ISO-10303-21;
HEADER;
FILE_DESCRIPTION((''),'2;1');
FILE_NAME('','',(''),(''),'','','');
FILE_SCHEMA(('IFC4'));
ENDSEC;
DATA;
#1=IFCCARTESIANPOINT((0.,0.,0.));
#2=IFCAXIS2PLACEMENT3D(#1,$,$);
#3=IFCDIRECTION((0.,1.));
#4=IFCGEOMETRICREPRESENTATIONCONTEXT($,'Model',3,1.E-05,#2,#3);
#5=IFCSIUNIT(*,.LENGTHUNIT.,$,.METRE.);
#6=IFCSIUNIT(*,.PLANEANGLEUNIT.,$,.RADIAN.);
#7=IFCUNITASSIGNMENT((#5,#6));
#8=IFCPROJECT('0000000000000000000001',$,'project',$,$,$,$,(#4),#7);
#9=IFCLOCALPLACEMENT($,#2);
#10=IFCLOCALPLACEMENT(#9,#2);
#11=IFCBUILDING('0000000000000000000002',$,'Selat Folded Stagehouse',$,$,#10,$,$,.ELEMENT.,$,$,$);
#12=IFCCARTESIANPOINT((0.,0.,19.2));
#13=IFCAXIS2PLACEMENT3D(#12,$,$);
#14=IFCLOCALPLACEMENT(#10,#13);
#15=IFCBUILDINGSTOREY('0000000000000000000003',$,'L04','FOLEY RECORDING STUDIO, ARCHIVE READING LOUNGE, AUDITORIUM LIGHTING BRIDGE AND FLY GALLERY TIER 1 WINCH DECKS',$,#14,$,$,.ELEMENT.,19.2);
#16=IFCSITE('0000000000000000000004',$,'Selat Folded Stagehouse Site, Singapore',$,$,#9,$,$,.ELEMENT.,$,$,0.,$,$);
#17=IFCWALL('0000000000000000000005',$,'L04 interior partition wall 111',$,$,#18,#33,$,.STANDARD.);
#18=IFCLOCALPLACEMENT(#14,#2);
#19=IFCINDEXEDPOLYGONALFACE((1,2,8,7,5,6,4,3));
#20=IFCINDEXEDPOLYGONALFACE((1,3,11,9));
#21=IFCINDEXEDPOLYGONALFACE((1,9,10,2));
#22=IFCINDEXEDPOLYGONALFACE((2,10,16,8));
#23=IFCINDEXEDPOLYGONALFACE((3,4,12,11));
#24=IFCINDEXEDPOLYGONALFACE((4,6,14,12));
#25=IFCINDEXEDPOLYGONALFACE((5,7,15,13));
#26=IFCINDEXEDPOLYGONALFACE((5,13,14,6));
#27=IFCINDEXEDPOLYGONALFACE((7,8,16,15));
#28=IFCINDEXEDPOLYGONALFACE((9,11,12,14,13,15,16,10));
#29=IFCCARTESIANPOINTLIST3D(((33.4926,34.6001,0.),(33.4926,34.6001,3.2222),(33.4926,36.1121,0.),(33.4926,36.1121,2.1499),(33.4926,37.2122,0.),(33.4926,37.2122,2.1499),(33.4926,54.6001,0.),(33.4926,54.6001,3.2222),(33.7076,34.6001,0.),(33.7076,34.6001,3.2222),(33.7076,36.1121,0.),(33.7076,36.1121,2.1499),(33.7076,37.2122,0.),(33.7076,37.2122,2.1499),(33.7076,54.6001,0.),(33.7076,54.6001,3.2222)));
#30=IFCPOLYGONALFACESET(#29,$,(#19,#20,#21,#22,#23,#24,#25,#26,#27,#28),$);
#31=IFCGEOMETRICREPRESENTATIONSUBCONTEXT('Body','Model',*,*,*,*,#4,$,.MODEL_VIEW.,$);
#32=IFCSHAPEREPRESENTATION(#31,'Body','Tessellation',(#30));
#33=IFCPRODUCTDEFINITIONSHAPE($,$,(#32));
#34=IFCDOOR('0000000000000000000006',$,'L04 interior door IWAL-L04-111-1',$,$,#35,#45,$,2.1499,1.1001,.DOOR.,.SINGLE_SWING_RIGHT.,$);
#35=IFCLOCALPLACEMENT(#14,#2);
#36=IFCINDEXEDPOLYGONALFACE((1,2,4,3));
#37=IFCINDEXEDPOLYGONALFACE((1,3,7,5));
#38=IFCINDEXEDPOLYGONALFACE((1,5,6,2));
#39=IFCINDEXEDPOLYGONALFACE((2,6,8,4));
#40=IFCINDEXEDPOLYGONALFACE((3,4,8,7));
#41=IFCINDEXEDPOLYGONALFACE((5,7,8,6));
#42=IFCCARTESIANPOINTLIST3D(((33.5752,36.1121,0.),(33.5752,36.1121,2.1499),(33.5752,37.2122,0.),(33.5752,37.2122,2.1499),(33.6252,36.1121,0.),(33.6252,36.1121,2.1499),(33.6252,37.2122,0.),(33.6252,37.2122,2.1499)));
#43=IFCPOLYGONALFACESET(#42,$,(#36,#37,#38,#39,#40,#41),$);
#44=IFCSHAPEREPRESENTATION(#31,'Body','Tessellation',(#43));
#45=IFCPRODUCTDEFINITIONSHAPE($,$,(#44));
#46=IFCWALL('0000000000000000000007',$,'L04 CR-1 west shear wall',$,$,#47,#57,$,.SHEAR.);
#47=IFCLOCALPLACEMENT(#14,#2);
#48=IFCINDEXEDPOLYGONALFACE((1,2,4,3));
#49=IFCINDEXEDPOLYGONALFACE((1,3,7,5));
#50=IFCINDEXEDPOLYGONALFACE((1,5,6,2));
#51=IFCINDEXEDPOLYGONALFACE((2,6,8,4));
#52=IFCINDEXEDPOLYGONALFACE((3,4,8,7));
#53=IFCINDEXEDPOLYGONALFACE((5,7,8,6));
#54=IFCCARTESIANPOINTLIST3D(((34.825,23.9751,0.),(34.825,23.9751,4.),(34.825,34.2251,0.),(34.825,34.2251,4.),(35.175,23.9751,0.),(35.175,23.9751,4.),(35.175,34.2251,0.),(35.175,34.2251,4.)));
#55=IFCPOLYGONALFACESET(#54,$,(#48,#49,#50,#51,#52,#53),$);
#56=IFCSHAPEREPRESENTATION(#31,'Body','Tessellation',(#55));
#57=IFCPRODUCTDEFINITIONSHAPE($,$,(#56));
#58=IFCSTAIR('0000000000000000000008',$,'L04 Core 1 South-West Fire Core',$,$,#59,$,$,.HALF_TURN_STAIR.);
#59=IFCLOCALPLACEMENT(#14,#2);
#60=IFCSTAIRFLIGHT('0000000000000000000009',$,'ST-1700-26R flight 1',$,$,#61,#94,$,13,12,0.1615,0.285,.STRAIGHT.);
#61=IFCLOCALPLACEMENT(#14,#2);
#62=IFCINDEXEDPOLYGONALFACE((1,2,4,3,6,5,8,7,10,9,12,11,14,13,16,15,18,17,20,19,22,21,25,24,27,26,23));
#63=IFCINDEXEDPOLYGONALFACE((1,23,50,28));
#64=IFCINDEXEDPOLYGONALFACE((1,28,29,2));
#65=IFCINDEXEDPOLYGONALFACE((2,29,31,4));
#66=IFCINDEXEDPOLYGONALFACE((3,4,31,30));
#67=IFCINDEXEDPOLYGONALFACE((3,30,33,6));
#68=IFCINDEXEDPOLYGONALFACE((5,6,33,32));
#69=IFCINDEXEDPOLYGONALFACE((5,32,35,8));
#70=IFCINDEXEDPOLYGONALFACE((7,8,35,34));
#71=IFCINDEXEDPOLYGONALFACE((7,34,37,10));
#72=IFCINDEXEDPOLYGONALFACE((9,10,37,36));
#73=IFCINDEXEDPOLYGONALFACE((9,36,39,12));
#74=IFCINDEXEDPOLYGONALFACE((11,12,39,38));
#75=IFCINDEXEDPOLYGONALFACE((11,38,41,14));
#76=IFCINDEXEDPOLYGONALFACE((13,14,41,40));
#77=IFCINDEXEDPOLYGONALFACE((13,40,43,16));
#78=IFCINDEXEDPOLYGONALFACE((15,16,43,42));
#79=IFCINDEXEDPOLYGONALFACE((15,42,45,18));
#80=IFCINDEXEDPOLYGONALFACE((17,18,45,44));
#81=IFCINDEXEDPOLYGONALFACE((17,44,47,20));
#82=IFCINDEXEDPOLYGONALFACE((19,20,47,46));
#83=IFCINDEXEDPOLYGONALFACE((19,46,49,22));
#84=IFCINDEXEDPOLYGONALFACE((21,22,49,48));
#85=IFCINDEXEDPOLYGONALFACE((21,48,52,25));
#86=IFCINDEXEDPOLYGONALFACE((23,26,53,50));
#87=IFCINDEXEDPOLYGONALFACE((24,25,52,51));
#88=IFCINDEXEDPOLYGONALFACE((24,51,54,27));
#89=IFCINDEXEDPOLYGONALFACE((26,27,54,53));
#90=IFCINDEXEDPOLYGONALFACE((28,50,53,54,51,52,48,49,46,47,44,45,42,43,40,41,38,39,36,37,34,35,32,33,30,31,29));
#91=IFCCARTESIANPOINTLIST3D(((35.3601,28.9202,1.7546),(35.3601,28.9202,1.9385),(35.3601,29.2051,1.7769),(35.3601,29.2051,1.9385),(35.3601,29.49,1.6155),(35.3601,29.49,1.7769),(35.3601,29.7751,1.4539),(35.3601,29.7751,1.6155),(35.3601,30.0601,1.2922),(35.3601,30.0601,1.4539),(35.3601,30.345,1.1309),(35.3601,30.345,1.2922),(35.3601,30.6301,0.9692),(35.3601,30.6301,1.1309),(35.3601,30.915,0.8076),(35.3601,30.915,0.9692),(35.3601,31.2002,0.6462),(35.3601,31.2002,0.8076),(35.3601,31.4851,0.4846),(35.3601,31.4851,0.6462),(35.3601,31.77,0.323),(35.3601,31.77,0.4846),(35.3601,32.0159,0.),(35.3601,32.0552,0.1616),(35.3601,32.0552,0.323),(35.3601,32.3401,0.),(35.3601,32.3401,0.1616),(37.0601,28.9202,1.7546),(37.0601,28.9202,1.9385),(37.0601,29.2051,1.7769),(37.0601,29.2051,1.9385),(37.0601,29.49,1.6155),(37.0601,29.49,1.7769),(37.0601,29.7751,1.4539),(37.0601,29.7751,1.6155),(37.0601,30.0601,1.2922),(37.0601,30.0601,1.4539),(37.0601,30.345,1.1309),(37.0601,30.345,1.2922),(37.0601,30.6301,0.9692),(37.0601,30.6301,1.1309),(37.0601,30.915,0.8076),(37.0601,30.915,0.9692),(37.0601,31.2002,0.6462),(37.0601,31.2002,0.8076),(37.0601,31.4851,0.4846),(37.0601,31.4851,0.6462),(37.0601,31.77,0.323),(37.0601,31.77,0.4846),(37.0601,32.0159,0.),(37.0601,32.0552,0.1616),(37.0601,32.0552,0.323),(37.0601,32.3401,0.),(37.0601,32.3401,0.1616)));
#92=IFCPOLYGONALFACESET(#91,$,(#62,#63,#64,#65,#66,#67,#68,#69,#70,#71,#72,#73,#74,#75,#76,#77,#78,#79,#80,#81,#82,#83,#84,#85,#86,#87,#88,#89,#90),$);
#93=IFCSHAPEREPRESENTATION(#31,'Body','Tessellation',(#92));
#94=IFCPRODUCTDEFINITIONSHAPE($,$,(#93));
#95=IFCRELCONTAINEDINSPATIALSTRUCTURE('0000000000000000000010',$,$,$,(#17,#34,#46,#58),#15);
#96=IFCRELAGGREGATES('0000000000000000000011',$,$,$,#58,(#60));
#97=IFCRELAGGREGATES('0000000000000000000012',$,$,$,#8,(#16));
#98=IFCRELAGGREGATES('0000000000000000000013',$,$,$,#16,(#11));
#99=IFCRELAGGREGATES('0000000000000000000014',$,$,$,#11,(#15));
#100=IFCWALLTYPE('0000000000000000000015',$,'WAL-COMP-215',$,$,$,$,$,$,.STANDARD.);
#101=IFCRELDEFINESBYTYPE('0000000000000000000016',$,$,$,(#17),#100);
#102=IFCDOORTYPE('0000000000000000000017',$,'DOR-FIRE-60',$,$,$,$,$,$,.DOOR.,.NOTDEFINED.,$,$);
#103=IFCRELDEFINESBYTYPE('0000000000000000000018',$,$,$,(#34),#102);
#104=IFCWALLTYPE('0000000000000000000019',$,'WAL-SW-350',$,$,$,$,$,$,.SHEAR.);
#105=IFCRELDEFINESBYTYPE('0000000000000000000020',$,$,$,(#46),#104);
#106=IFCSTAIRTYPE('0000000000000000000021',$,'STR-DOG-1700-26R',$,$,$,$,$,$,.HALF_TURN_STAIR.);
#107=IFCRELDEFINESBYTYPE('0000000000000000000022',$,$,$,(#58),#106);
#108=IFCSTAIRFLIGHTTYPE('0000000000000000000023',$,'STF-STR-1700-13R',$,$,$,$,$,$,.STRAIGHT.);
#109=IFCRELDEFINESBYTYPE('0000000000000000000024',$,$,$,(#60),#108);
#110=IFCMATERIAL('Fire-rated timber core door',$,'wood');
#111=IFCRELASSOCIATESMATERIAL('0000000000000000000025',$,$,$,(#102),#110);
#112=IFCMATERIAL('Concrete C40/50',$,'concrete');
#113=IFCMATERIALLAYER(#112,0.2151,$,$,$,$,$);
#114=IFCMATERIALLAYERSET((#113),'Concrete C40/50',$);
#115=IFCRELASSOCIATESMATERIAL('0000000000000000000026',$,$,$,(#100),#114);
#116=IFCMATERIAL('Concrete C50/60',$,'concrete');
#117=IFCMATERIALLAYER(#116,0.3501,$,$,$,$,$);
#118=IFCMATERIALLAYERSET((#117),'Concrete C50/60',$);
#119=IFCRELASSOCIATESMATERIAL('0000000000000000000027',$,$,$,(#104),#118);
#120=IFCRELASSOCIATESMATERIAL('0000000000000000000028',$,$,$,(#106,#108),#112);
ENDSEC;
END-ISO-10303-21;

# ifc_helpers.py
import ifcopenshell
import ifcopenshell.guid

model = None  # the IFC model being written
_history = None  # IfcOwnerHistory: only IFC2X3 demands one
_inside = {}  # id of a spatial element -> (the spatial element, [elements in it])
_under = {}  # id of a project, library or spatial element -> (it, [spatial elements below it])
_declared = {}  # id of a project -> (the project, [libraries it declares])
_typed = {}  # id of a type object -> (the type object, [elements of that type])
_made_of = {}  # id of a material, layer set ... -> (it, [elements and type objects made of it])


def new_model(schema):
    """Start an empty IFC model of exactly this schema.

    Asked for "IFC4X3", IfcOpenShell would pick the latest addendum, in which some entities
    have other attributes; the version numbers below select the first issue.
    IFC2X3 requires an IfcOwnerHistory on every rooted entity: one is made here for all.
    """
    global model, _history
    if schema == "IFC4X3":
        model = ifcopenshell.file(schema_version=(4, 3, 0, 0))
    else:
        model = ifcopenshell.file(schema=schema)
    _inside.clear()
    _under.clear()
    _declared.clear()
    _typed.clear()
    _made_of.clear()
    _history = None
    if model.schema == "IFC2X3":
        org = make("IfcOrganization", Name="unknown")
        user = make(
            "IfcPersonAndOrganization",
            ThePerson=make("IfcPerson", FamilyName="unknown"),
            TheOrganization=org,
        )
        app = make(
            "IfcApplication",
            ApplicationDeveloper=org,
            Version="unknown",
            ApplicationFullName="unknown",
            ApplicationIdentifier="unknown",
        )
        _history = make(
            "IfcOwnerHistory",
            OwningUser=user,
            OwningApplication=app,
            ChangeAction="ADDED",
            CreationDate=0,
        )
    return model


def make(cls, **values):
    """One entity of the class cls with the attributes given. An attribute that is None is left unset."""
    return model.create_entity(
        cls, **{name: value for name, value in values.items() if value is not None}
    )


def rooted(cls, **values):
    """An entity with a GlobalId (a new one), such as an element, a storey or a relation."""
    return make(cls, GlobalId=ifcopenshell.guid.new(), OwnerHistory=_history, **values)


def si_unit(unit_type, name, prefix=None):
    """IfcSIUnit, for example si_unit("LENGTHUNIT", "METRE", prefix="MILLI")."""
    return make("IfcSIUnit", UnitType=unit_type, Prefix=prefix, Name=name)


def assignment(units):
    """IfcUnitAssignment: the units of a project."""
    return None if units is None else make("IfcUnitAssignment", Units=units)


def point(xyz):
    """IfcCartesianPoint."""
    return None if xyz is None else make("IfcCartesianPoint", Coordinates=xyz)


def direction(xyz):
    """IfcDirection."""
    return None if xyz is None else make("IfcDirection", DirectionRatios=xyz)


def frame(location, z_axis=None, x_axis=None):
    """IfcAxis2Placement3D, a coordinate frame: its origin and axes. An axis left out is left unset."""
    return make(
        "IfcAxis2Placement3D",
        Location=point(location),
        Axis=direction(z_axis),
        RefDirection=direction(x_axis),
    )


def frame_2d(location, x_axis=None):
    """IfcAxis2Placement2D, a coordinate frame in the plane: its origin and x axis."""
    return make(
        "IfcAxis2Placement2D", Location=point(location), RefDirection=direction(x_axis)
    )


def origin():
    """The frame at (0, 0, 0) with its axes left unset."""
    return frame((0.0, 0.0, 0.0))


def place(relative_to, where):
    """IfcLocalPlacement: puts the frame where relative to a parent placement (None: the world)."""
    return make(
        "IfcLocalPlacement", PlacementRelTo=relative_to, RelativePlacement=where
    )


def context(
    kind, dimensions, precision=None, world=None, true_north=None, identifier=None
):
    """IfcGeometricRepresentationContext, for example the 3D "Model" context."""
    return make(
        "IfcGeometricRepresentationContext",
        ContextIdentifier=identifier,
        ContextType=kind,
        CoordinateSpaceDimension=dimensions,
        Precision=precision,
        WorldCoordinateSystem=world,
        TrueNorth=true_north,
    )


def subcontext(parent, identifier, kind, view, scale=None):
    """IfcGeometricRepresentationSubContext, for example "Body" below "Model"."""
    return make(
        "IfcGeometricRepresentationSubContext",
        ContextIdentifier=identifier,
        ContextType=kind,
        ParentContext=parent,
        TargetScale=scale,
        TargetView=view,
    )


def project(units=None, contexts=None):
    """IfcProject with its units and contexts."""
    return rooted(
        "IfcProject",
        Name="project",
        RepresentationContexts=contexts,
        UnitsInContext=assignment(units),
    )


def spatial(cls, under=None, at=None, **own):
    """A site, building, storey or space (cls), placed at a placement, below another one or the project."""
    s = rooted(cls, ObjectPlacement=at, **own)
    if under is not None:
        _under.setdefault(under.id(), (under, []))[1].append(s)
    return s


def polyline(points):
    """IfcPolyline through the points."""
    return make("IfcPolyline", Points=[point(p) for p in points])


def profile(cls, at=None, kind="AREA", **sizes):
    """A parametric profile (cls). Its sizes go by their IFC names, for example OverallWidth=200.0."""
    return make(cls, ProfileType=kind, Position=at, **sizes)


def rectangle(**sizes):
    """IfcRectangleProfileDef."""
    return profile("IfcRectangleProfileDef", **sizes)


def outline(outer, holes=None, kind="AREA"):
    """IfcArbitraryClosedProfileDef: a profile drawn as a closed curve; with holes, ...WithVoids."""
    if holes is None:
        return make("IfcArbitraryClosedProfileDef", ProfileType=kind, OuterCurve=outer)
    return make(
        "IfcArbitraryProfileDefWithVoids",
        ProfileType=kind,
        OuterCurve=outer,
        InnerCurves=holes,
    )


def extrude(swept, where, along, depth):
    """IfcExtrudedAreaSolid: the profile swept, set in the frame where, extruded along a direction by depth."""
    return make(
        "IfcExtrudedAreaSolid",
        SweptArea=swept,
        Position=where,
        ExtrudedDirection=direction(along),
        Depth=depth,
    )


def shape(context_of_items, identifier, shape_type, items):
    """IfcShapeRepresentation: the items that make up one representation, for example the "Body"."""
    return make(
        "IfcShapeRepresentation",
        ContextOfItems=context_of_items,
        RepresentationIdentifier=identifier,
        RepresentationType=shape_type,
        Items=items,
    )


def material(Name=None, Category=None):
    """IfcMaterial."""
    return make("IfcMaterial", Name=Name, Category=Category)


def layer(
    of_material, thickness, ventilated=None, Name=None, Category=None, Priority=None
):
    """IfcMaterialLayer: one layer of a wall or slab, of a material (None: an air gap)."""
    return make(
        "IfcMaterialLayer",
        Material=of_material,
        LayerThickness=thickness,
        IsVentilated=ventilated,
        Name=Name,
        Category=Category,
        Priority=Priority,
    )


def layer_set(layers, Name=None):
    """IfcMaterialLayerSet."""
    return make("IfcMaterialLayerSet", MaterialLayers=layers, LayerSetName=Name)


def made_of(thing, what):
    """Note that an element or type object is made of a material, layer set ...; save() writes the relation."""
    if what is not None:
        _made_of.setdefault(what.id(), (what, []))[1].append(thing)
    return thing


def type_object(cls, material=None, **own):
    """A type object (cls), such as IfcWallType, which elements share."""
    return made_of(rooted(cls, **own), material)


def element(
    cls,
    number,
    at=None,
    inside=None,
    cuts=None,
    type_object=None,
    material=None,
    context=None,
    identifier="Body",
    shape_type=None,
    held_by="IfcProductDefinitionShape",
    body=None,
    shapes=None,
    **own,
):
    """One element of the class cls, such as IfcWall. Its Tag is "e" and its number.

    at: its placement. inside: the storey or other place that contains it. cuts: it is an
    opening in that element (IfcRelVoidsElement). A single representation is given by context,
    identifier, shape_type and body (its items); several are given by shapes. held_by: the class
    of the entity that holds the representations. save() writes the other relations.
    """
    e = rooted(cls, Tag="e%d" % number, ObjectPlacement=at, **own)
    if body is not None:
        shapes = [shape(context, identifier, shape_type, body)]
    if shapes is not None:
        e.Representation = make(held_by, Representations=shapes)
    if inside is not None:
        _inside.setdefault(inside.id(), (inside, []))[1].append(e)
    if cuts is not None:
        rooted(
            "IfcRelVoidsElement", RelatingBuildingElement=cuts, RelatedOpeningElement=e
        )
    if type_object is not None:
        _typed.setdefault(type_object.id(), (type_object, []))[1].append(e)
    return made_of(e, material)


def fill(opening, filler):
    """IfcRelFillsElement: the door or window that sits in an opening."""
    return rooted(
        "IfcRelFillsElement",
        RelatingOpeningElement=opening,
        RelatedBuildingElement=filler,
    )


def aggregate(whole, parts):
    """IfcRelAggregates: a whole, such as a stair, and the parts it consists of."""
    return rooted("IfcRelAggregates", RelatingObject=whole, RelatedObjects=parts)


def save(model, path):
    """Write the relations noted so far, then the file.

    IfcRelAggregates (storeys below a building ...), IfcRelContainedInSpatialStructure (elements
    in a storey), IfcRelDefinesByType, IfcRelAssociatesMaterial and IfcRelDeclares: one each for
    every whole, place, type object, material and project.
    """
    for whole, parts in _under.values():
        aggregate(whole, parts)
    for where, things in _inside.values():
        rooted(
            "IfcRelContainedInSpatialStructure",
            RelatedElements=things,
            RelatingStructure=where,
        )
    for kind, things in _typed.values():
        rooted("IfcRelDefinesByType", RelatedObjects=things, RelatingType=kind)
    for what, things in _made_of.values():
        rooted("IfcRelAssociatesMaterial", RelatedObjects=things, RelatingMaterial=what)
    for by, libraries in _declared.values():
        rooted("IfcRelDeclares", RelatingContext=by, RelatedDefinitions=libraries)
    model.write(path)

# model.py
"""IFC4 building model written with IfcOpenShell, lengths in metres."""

from ifc_helpers import new_model, si_unit, direction, frame, frame_2d, origin, place, context, subcontext, project, spatial, polyline, rectangle, outline, extrude, material, layer, layer_set, type_object, element, fill, aggregate, save


model = new_model("IFC4")

# Units and contexts
model_context = context("Model", 3, precision=1e-05, world=origin(), true_north=direction((0.0, 1.0)))
body_context = subcontext(model_context, "Body", "Model", "MODEL_VIEW")
ifc_project = project(units=[si_unit("LENGTHUNIT", "METRE"), si_unit("PLANEANGLEUNIT", "RADIAN")], contexts=[model_context])

# Site, building, storey
site_placement = place(None, origin())
site = spatial("IfcSite", under=ifc_project, at=site_placement, Name="Selat Folded Stagehouse Site, Singapore", CompositionType="ELEMENT", RefElevation=0.0)
building_placement = place(site_placement, origin())
building = spatial("IfcBuilding", under=site, at=building_placement, Name="Selat Folded Stagehouse", CompositionType="ELEMENT")
storey_placement = place(building_placement, frame((0.0, 0.0, 19.2)))
storey = spatial("IfcBuildingStorey", under=building, at=storey_placement, Name="L04", Description="FOLEY RECORDING STUDIO, ARCHIVE READING LOUNGE, AUDITORIUM LIGHTING BRIDGE AND FLY GALLERY TIER 1 WINCH DECKS", CompositionType="ELEMENT", Elevation=19.2)

# Wall, opening, door
ifc_material_1 = material(Name="Concrete C40/50", Category="concrete")
ifc_material_2 = material(Name="Fire-rated timber core door", Category="wood")
door_type_1 = type_object("IfcDoorType", Name="DOR-FIRE-60", OperationType="NOTDEFINED", PredefinedType="DOOR", material=ifc_material_2)
ifc_layer_1 = layer(ifc_material_1, 0.2151)
ifc_layer_set_1 = layer_set([ifc_layer_1], Name="Concrete C40/50")
wall_type_1 = type_object("IfcWallType", Name="WAL-COMP-215", PredefinedType="STANDARD", material=ifc_layer_set_1)
wall_1_placement = place(storey_placement, frame((33.6001, 34.6001, 0.0), z_axis=(0.0, 0.0, 1.0), x_axis=(0.0, 1.0, 0.0)))
wall_1 = element("IfcWall", 1, at=wall_1_placement, inside=storey, type_object=wall_type_1, Name="L04 interior partition wall 111", PredefinedType="STANDARD", context=body_context, shape_type="SweptSolid", body=[
    extrude(rectangle(XDim=20.0, YDim=0.2151, at=frame_2d((10.0, 0.0))), origin(), (0.0, 0.0, 1.0), 3.2222),
])
opening_1_placement = place(wall_1_placement, frame((1.512, 0.0, 0.0)))
opening_1 = element("IfcOpeningElement", 2, at=opening_1_placement, cuts=wall_1, PredefinedType="OPENING", context=body_context, shape_type="SweptSolid", body=[
    extrude(rectangle(XDim=1.1001, YDim=2.1499, at=frame_2d((0.55, 1.075))), frame((0.0, 0.1174, 0.0), z_axis=(0.0, -1.0, 0.0), x_axis=(1.0, 0.0, 0.0)), (0.0, 0.0, 1.0), 0.2351),
])
door_1_placement = place(opening_1_placement, origin())
door_1 = element("IfcDoor", 3, at=door_1_placement, inside=storey, type_object=door_type_1, Name="L04 interior door IWAL-L04-111-1", OperationType="SINGLE_SWING_RIGHT", OverallHeight=2.1499, OverallWidth=1.1001, PredefinedType="DOOR", context=body_context, shape_type="SweptSolid", body=[
    extrude(rectangle(XDim=1.1001, YDim=2.1499, at=frame_2d((0.55, 1.075))), frame((0.0, 0.0249, 0.0), z_axis=(0.0, -1.0, 0.0), x_axis=(1.0, 0.0, 0.0)), (0.0, 0.0, 1.0), 0.05),
])
fill(opening_1, door_1)
ifc_material_3 = material(Name="Concrete C50/60", Category="concrete")
ifc_layer_2 = layer(ifc_material_3, 0.3501)
ifc_layer_set_2 = layer_set([ifc_layer_2], Name="Concrete C50/60")
wall_type_2 = type_object("IfcWallType", Name="WAL-SW-350", PredefinedType="SHEAR", material=ifc_layer_set_2)

# Wall
wall_2_placement = place(storey_placement, frame((35.0, 23.9751, 0.0), z_axis=(0.0, 0.0, 1.0), x_axis=(0.0, 1.0, 0.0)))
element("IfcWall", 4, at=wall_2_placement, inside=storey, type_object=wall_type_2, Name="L04 CR-1 west shear wall", PredefinedType="SHEAR", context=body_context, shape_type="SweptSolid", body=[
    extrude(rectangle(XDim=10.25, YDim=0.3501, at=frame_2d((5.125, 0.0))), origin(), (0.0, 0.0, 1.0), 4.0),
])

# Stair, stair flight
stair_type = type_object("IfcStairType", Name="STR-DOG-1700-26R", PredefinedType="HALF_TURN_STAIR", material=ifc_material_1)
stair_placement = place(storey_placement, origin())
stair = element("IfcStair", 5, at=stair_placement, inside=storey, type_object=stair_type, Name="L04 Core 1 South-West Fire Core", PredefinedType="HALF_TURN_STAIR")
stair_flight_type = type_object("IfcStairFlightType", Name="STF-STR-1700-13R", PredefinedType="STRAIGHT", material=ifc_material_1)
stair_flight_placement = place(storey_placement, frame((36.21, 32.3401, 0.0), z_axis=(0.0, 0.0, 1.0), x_axis=(0.0, -1.0, 0.0)))
stair_flight = element("IfcStairFlight", 6, at=stair_flight_placement, type_object=stair_flight_type, Name="ST-1700-26R flight 1", NumberOfRisers=13, NumberOfTreads=12, PredefinedType="STRAIGHT", RiserHeight=0.1615, TreadLength=0.285, context=body_context, shape_type="SweptSolid", body=[
    extrude(outline(polyline([(0.0, 0.0), (0.0, 0.1616), (0.2849, 0.1616), (0.2849, 0.323), (0.5701, 0.323), (0.5701, 0.4846), (0.855, 0.4846), (0.855, 0.6462), (1.1399, 0.6462), (1.1399, 0.8076), (1.425, 0.8076), (1.425, 0.9692), (1.71, 0.9692), (1.71, 1.1309), (1.9951, 1.1309), (1.9951, 1.2922), (2.28, 1.2922), (2.28, 1.4539), (2.5649, 1.4539), (2.5649, 1.6155), (2.8501, 1.6155), (2.8501, 1.7769), (3.135, 1.7769), (3.135, 1.9385), (3.4199, 1.9385), (3.4199, 2.1001), (3.4199, 1.7546), (0.3242, 0.0), (0.0, 0.0)])), frame((0.0, 0.8501, 0.0), z_axis=(0.0, -1.0, 0.0), x_axis=(1.0, 0.0, 0.0)), (0.0, 0.0, 1.0), 1.7),
])
aggregate(stair, [stair_flight])

save(model, "model.ifc")
